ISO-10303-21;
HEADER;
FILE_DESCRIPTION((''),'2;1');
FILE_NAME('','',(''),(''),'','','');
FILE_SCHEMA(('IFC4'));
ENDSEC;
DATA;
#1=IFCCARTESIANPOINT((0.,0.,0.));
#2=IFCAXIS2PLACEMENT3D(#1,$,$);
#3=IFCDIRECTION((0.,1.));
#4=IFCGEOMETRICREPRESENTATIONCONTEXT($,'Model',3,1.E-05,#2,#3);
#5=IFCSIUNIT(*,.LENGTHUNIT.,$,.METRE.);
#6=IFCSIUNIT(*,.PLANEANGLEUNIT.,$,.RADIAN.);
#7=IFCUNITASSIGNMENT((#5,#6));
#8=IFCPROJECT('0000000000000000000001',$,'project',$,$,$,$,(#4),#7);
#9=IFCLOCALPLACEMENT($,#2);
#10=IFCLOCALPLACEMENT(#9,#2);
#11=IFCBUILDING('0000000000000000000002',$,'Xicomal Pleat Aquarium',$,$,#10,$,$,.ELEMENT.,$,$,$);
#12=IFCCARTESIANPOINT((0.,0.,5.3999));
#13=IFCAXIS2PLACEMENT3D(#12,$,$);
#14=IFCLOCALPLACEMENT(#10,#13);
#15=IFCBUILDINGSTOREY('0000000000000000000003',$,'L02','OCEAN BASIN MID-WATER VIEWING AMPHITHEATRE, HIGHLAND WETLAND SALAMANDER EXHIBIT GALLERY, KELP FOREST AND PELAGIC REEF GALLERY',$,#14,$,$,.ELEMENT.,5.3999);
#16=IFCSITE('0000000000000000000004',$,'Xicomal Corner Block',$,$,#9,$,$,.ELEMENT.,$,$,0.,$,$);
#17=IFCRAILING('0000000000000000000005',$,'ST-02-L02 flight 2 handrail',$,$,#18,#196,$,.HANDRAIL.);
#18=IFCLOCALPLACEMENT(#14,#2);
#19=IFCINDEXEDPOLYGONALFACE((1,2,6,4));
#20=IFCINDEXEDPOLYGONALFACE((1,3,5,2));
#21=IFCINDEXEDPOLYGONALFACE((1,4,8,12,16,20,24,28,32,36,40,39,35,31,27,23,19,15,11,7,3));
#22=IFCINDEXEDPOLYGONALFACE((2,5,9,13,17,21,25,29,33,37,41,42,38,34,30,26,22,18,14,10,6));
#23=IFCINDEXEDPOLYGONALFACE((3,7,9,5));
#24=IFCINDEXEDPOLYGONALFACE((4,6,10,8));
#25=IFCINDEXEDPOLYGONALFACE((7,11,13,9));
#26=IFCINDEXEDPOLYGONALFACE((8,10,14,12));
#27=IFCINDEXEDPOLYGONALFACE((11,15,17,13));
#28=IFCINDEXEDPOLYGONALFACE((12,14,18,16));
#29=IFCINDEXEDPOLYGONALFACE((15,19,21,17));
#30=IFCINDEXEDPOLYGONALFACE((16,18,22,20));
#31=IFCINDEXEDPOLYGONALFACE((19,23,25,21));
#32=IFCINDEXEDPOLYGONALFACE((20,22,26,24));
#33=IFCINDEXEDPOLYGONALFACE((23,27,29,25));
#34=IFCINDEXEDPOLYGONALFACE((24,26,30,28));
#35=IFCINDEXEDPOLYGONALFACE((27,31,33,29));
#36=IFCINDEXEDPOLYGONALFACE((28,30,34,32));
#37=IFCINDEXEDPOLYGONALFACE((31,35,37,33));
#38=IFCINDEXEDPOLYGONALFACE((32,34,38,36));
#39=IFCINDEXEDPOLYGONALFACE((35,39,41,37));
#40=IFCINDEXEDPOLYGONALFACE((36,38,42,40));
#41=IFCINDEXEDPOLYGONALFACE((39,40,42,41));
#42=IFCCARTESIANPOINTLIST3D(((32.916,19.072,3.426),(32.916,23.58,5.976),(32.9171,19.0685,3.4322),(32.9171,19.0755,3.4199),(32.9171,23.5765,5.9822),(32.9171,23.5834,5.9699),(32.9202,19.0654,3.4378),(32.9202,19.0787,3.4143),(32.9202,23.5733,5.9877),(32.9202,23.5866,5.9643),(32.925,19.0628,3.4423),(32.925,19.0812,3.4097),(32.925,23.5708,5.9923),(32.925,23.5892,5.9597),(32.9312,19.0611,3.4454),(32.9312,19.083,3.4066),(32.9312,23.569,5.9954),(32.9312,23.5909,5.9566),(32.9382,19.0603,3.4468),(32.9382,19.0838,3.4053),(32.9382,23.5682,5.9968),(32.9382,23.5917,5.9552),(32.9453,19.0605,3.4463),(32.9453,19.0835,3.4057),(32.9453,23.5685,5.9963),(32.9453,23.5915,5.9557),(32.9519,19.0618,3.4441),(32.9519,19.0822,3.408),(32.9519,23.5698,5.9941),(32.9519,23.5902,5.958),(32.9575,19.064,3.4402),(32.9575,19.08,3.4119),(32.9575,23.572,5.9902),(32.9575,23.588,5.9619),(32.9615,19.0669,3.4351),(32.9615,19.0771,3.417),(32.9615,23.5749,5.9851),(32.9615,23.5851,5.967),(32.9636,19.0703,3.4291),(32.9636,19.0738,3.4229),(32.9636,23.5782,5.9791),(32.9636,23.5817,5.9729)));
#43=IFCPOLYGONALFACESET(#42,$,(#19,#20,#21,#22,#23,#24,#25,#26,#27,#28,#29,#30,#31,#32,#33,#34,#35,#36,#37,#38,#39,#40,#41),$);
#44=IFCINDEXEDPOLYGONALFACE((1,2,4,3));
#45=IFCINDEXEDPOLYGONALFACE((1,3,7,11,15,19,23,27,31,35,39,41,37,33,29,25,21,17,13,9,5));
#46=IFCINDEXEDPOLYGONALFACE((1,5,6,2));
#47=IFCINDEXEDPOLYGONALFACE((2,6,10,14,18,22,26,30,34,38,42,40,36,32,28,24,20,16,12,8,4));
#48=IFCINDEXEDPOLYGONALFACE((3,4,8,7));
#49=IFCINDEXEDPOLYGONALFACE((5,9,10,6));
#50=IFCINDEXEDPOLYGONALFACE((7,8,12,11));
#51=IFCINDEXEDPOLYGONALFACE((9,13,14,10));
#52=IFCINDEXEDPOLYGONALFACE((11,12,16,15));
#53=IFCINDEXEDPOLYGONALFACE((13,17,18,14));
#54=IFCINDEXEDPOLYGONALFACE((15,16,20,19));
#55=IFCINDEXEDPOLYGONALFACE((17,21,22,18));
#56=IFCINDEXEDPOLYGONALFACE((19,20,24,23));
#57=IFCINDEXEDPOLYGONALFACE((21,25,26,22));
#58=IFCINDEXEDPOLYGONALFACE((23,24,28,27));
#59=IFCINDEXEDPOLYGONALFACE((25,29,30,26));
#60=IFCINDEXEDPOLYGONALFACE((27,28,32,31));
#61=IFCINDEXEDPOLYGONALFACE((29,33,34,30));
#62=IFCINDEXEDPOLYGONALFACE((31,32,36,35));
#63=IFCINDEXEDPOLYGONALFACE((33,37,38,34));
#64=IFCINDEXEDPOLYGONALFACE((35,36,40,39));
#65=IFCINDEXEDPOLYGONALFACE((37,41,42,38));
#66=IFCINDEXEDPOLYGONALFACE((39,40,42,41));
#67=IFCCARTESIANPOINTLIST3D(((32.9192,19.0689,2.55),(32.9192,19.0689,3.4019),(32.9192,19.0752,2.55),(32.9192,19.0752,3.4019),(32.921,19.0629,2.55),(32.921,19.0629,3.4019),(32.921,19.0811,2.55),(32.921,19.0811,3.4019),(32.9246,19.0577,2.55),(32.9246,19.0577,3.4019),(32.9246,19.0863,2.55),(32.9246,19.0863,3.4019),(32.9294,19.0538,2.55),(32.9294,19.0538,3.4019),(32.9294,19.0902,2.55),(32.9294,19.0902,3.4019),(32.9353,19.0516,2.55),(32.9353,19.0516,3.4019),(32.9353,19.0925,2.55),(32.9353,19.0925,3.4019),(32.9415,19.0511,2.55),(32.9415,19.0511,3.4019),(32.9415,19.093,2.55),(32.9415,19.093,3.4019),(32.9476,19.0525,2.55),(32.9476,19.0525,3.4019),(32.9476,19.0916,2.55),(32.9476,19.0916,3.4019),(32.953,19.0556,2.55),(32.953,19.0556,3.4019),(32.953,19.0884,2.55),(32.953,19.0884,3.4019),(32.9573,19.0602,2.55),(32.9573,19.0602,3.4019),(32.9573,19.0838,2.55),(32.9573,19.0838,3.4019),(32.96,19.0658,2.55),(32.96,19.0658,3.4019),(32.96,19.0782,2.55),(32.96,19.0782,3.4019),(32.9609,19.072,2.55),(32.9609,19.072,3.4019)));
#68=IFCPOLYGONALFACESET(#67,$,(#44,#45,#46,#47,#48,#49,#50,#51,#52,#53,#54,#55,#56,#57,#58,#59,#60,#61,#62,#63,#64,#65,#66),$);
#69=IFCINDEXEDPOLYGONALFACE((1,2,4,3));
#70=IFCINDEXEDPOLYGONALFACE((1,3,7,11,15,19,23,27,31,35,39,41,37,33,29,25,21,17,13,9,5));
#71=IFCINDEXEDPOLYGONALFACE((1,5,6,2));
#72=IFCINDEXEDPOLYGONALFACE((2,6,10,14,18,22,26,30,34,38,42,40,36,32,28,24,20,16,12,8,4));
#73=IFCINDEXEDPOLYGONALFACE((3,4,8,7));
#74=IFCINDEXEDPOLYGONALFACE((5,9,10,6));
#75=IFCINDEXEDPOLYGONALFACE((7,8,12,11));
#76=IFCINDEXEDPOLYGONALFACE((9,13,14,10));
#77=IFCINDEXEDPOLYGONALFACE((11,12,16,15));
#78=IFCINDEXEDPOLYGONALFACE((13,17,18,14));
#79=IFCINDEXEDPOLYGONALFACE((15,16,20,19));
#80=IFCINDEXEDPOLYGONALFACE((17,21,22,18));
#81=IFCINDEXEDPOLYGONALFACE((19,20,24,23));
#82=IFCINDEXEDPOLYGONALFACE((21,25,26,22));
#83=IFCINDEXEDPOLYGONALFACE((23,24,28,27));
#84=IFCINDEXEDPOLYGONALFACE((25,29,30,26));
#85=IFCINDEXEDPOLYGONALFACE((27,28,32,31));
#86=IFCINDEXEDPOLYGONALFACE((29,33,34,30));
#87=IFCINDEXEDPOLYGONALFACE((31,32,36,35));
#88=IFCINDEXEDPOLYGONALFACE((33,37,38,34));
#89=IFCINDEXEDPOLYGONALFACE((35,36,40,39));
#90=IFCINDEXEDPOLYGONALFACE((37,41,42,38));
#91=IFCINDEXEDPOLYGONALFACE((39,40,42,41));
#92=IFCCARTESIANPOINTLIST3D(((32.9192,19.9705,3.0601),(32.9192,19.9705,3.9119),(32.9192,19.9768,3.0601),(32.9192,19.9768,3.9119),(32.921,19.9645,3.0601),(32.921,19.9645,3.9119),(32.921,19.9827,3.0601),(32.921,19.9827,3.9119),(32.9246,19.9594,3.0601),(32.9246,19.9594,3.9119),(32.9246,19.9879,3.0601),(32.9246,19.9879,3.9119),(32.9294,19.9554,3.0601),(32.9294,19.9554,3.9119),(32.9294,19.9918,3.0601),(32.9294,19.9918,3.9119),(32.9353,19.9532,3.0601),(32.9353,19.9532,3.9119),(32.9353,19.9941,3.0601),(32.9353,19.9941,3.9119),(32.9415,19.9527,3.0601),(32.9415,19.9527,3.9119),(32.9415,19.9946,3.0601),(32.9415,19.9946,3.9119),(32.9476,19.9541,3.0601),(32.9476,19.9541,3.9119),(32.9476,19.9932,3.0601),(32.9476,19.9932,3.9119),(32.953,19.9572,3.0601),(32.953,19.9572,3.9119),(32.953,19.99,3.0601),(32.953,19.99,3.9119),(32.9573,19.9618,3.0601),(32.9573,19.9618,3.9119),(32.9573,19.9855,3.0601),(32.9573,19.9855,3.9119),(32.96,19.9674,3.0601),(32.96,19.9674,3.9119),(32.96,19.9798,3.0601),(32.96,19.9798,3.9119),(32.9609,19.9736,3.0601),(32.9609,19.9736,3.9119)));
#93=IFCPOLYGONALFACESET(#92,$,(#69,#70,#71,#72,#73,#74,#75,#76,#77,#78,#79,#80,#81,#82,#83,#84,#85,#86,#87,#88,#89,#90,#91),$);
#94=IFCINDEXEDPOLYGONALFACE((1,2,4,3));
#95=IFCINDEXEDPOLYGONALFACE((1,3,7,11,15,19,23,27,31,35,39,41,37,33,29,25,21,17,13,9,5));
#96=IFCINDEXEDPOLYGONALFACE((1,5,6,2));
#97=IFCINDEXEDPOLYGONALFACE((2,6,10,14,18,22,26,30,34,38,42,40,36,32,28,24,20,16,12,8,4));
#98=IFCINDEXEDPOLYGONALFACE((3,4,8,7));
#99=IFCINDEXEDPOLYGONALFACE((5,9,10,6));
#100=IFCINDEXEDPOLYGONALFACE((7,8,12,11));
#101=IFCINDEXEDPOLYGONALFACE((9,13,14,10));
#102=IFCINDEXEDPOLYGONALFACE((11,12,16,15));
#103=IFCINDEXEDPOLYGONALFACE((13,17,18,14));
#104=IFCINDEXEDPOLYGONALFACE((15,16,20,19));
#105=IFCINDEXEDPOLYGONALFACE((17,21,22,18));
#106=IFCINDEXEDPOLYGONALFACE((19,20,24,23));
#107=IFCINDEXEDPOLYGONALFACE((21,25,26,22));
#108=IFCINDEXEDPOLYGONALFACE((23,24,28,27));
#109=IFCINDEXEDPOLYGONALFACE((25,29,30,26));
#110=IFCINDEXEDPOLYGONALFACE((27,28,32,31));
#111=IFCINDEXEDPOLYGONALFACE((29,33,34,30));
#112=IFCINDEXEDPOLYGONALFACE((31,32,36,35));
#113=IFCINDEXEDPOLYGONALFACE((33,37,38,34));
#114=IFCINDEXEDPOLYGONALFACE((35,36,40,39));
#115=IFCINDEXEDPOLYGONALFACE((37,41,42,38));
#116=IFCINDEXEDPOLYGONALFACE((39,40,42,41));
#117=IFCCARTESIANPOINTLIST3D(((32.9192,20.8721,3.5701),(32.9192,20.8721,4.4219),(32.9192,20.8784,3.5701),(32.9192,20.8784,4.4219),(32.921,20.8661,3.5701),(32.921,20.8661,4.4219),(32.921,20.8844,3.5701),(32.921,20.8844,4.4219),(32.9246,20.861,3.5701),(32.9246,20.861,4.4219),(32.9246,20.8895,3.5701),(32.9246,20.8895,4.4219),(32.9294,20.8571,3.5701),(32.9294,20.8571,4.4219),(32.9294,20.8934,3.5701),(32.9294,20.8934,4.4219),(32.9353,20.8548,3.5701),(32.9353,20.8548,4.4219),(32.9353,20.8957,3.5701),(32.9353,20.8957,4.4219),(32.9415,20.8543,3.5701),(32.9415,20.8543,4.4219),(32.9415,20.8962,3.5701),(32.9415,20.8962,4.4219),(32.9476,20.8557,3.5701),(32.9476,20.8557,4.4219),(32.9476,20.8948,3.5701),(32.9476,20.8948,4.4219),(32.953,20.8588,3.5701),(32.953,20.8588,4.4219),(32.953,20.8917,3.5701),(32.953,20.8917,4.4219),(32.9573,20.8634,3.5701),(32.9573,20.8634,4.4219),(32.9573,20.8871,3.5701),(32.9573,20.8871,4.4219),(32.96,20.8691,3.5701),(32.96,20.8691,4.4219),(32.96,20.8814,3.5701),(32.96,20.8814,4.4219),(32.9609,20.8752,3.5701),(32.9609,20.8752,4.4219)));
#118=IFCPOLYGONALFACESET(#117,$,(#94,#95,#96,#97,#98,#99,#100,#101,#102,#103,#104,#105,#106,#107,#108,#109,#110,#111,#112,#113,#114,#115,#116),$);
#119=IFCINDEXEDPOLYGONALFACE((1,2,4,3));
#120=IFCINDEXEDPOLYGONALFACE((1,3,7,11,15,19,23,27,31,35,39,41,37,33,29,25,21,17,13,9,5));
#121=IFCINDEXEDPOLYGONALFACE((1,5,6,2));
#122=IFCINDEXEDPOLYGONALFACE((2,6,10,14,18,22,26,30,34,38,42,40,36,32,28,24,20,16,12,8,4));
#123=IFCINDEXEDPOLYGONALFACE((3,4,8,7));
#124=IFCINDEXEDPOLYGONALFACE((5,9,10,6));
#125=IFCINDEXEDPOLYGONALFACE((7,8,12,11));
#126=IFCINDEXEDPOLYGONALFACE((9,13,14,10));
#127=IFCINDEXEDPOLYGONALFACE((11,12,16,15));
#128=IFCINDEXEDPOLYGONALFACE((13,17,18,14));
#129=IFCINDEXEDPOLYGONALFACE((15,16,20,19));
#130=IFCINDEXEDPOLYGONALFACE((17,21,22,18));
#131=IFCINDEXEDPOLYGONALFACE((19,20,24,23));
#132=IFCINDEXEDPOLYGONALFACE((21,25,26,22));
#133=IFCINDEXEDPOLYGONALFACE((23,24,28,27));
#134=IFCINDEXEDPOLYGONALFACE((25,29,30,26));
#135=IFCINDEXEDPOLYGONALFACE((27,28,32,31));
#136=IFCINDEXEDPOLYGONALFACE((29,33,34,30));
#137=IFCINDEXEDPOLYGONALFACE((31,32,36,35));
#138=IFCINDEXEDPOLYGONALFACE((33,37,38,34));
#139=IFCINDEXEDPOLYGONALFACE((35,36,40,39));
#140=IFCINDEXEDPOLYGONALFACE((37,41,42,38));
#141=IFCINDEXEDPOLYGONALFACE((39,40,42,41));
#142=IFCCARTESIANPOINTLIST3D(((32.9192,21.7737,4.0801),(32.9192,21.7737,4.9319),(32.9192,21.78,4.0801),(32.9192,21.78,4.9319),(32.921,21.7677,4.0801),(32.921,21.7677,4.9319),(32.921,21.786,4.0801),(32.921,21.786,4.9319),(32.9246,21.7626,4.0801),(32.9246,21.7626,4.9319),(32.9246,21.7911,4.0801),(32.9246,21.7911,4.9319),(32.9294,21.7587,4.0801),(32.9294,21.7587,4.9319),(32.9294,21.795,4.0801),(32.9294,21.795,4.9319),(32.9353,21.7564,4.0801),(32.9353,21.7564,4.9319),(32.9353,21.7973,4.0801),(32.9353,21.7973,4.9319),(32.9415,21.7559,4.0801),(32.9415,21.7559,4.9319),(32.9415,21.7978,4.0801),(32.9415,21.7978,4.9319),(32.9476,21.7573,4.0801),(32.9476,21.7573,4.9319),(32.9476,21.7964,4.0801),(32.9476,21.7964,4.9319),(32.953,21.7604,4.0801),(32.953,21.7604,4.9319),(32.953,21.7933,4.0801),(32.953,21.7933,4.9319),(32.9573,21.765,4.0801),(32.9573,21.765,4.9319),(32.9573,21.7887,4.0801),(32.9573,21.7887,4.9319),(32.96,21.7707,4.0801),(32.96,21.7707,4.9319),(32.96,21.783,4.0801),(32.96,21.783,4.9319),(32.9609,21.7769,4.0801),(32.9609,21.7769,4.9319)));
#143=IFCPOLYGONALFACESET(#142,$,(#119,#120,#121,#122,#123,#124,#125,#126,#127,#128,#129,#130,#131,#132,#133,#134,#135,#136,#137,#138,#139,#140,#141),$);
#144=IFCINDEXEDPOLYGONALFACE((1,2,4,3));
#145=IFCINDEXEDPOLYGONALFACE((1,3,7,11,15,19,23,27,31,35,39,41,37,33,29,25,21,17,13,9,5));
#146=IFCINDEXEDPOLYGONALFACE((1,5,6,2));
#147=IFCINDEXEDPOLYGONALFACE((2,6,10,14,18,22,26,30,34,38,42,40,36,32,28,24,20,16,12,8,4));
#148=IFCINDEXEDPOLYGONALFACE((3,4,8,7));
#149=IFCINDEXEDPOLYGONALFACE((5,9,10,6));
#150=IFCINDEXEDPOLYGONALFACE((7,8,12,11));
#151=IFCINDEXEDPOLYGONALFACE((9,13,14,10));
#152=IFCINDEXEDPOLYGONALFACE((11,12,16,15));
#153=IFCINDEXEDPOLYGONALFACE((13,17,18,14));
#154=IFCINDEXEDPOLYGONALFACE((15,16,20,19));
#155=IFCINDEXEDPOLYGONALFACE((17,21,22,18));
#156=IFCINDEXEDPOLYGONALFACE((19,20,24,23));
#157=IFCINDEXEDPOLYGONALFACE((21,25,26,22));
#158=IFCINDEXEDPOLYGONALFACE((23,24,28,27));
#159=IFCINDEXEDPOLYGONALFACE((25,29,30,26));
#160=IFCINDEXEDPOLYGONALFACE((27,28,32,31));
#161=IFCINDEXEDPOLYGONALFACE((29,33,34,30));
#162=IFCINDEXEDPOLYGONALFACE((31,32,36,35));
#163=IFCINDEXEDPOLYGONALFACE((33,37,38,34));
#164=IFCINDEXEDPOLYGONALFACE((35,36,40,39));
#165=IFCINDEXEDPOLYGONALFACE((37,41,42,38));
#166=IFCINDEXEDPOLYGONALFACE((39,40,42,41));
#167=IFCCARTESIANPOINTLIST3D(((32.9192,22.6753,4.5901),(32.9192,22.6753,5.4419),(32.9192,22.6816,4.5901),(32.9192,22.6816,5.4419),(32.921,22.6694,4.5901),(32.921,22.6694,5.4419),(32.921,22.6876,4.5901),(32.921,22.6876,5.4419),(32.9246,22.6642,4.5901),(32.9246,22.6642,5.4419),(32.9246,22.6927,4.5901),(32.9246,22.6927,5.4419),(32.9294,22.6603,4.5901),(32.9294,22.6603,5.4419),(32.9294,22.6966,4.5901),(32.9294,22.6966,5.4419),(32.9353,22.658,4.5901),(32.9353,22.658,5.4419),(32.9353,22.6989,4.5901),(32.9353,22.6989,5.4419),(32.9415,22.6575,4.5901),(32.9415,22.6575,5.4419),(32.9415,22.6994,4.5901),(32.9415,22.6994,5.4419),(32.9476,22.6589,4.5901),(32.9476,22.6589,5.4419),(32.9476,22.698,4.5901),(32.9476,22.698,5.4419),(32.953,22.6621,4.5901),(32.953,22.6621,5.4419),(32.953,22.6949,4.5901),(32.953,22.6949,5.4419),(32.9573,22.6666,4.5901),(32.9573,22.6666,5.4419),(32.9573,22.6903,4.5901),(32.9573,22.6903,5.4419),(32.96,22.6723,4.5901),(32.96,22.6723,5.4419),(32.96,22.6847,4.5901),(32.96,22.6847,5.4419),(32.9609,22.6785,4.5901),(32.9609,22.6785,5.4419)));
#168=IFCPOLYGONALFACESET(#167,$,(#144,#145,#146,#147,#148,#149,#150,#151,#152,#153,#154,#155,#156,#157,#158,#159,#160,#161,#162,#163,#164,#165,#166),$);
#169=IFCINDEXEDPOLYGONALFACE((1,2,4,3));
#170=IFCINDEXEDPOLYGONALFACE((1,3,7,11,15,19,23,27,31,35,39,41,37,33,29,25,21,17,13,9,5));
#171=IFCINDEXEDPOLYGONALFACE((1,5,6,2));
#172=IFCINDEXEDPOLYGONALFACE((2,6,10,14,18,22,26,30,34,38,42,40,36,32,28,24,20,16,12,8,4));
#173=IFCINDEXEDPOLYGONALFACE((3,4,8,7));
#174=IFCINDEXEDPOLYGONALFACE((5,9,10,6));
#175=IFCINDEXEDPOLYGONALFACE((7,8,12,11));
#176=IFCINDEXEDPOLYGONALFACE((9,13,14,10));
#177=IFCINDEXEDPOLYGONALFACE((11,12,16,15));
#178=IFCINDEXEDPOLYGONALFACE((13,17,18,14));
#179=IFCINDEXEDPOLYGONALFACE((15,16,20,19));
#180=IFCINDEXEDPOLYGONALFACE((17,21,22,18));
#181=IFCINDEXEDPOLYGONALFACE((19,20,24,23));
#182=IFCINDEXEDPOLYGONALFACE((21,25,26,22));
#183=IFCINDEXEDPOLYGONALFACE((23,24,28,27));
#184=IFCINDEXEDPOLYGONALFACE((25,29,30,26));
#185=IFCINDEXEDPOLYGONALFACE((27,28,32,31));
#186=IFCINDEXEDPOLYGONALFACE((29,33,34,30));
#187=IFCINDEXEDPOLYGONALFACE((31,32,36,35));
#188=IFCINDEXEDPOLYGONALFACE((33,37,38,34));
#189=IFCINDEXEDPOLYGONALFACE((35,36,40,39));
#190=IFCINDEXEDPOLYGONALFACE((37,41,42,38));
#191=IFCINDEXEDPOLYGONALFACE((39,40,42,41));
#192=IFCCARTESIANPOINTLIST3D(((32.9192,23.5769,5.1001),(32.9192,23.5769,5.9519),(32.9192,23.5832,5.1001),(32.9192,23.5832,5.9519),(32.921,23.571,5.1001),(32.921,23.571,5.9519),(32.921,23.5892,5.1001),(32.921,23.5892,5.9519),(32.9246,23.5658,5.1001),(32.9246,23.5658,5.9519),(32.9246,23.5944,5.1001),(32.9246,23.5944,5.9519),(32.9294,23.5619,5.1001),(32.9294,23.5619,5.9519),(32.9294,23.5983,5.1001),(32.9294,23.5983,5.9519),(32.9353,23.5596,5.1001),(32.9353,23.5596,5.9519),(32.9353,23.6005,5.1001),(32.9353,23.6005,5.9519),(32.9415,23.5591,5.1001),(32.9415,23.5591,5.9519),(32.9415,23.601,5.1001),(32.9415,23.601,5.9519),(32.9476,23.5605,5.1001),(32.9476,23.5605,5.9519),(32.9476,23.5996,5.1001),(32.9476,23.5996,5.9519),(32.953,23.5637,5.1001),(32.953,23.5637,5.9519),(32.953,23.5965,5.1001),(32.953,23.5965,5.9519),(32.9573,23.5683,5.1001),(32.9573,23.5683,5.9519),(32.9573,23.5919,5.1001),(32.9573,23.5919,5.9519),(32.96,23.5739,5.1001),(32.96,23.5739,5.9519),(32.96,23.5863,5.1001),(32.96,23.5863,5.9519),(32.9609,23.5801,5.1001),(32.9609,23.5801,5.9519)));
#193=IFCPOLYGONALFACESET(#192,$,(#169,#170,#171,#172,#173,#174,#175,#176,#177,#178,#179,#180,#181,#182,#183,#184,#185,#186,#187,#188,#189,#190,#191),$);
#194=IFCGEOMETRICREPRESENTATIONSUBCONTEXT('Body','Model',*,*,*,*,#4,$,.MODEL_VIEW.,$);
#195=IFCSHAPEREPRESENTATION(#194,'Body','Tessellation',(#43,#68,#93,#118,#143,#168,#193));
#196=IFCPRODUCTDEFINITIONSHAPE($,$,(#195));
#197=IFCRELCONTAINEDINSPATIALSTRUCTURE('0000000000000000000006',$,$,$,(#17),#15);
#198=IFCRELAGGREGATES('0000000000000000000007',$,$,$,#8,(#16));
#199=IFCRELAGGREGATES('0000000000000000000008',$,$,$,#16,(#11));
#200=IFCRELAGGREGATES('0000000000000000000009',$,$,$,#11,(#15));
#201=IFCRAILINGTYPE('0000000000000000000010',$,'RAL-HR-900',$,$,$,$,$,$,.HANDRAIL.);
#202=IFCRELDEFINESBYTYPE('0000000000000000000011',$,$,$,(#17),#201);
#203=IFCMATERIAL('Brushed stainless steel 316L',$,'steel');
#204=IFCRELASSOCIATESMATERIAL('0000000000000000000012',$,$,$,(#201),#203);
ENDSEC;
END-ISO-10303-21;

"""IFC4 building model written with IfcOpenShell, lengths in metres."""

from ifc_helpers import new_model, si_unit, direction, frame, origin, origin_2d, place, context, subcontext, project, spatial, circle, extrude, material, type_object, element, save


model = new_model("IFC4")

# Units and contexts
model_context = context("Model", 3, precision=1e-05, world=origin(), true_north=direction((0.0, 1.0)))
body_context = subcontext(model_context, "Body", "Model", "MODEL_VIEW")
ifc_project = project(units=[si_unit("LENGTHUNIT", "METRE"), si_unit("PLANEANGLEUNIT", "RADIAN")], contexts=[model_context])

# Site, building, storey
site_placement = place(None, origin())
site = spatial("IfcSite", under=ifc_project, at=site_placement, Name="Xicomal Corner Block", CompositionType="ELEMENT", RefElevation=0.0)
building_placement = place(site_placement, origin())
building = spatial("IfcBuilding", under=site, at=building_placement, Name="Xicomal Pleat Aquarium", CompositionType="ELEMENT")
storey_placement = place(building_placement, frame((0.0, 0.0, 5.3999)))
storey = spatial("IfcBuildingStorey", under=building, at=storey_placement, Name="L02", Description="OCEAN BASIN MID-WATER VIEWING AMPHITHEATRE, HIGHLAND WETLAND SALAMANDER EXHIBIT GALLERY, KELP FOREST AND PELAGIC REEF GALLERY", CompositionType="ELEMENT", Elevation=5.3999)

# Railing
ifc_material_1 = material(Name="Brushed stainless steel 316L", Category="steel")
railing_type_1 = type_object("IfcRailingType", Name="RAL-HR-900", PredefinedType="HANDRAIL", material=ifc_material_1)
railing_1_placement = place(storey_placement, frame((32.9399, 19.072, 2.55)))
element("IfcRailing", 1, at=railing_1_placement, inside=storey, type_object=railing_type_1, Name="ST-02-L02 flight 2 handrail", PredefinedType="HANDRAIL", context=body_context, shape_type="SweptSolid", body=[
    extrude(circle(Radius=0.0239, at=origin_2d()), frame((0.0, 0.0, 0.876), z_axis=(0.0, 0.870396, 0.492352), x_axis=(-1.0, 0.0, 0.0)), (0.0, 0.0, 1.0), 5.1792),
    extrude(circle(Radius=0.021, at=origin_2d()), origin(), (0.0, 0.0, 1.0), 0.8518),
    extrude(circle(Radius=0.021, at=origin_2d()), frame((0.0, 0.9016, 0.51)), (0.0, 0.0, 1.0), 0.8518),
    extrude(circle(Radius=0.021, at=origin_2d()), frame((0.0, 1.8032, 1.02)), (0.0, 0.0, 1.0), 0.8518),
    extrude(circle(Radius=0.021, at=origin_2d()), frame((0.0, 2.7048, 1.53)), (0.0, 0.0, 1.0), 0.8518),
    extrude(circle(Radius=0.021, at=origin_2d()), frame((0.0, 3.6064, 2.04)), (0.0, 0.0, 1.0), 0.8518),
    extrude(circle(Radius=0.021, at=origin_2d()), frame((0.0, 4.5081, 2.55)), (0.0, 0.0, 1.0), 0.8518),
])

save(model, "model.ifc")
